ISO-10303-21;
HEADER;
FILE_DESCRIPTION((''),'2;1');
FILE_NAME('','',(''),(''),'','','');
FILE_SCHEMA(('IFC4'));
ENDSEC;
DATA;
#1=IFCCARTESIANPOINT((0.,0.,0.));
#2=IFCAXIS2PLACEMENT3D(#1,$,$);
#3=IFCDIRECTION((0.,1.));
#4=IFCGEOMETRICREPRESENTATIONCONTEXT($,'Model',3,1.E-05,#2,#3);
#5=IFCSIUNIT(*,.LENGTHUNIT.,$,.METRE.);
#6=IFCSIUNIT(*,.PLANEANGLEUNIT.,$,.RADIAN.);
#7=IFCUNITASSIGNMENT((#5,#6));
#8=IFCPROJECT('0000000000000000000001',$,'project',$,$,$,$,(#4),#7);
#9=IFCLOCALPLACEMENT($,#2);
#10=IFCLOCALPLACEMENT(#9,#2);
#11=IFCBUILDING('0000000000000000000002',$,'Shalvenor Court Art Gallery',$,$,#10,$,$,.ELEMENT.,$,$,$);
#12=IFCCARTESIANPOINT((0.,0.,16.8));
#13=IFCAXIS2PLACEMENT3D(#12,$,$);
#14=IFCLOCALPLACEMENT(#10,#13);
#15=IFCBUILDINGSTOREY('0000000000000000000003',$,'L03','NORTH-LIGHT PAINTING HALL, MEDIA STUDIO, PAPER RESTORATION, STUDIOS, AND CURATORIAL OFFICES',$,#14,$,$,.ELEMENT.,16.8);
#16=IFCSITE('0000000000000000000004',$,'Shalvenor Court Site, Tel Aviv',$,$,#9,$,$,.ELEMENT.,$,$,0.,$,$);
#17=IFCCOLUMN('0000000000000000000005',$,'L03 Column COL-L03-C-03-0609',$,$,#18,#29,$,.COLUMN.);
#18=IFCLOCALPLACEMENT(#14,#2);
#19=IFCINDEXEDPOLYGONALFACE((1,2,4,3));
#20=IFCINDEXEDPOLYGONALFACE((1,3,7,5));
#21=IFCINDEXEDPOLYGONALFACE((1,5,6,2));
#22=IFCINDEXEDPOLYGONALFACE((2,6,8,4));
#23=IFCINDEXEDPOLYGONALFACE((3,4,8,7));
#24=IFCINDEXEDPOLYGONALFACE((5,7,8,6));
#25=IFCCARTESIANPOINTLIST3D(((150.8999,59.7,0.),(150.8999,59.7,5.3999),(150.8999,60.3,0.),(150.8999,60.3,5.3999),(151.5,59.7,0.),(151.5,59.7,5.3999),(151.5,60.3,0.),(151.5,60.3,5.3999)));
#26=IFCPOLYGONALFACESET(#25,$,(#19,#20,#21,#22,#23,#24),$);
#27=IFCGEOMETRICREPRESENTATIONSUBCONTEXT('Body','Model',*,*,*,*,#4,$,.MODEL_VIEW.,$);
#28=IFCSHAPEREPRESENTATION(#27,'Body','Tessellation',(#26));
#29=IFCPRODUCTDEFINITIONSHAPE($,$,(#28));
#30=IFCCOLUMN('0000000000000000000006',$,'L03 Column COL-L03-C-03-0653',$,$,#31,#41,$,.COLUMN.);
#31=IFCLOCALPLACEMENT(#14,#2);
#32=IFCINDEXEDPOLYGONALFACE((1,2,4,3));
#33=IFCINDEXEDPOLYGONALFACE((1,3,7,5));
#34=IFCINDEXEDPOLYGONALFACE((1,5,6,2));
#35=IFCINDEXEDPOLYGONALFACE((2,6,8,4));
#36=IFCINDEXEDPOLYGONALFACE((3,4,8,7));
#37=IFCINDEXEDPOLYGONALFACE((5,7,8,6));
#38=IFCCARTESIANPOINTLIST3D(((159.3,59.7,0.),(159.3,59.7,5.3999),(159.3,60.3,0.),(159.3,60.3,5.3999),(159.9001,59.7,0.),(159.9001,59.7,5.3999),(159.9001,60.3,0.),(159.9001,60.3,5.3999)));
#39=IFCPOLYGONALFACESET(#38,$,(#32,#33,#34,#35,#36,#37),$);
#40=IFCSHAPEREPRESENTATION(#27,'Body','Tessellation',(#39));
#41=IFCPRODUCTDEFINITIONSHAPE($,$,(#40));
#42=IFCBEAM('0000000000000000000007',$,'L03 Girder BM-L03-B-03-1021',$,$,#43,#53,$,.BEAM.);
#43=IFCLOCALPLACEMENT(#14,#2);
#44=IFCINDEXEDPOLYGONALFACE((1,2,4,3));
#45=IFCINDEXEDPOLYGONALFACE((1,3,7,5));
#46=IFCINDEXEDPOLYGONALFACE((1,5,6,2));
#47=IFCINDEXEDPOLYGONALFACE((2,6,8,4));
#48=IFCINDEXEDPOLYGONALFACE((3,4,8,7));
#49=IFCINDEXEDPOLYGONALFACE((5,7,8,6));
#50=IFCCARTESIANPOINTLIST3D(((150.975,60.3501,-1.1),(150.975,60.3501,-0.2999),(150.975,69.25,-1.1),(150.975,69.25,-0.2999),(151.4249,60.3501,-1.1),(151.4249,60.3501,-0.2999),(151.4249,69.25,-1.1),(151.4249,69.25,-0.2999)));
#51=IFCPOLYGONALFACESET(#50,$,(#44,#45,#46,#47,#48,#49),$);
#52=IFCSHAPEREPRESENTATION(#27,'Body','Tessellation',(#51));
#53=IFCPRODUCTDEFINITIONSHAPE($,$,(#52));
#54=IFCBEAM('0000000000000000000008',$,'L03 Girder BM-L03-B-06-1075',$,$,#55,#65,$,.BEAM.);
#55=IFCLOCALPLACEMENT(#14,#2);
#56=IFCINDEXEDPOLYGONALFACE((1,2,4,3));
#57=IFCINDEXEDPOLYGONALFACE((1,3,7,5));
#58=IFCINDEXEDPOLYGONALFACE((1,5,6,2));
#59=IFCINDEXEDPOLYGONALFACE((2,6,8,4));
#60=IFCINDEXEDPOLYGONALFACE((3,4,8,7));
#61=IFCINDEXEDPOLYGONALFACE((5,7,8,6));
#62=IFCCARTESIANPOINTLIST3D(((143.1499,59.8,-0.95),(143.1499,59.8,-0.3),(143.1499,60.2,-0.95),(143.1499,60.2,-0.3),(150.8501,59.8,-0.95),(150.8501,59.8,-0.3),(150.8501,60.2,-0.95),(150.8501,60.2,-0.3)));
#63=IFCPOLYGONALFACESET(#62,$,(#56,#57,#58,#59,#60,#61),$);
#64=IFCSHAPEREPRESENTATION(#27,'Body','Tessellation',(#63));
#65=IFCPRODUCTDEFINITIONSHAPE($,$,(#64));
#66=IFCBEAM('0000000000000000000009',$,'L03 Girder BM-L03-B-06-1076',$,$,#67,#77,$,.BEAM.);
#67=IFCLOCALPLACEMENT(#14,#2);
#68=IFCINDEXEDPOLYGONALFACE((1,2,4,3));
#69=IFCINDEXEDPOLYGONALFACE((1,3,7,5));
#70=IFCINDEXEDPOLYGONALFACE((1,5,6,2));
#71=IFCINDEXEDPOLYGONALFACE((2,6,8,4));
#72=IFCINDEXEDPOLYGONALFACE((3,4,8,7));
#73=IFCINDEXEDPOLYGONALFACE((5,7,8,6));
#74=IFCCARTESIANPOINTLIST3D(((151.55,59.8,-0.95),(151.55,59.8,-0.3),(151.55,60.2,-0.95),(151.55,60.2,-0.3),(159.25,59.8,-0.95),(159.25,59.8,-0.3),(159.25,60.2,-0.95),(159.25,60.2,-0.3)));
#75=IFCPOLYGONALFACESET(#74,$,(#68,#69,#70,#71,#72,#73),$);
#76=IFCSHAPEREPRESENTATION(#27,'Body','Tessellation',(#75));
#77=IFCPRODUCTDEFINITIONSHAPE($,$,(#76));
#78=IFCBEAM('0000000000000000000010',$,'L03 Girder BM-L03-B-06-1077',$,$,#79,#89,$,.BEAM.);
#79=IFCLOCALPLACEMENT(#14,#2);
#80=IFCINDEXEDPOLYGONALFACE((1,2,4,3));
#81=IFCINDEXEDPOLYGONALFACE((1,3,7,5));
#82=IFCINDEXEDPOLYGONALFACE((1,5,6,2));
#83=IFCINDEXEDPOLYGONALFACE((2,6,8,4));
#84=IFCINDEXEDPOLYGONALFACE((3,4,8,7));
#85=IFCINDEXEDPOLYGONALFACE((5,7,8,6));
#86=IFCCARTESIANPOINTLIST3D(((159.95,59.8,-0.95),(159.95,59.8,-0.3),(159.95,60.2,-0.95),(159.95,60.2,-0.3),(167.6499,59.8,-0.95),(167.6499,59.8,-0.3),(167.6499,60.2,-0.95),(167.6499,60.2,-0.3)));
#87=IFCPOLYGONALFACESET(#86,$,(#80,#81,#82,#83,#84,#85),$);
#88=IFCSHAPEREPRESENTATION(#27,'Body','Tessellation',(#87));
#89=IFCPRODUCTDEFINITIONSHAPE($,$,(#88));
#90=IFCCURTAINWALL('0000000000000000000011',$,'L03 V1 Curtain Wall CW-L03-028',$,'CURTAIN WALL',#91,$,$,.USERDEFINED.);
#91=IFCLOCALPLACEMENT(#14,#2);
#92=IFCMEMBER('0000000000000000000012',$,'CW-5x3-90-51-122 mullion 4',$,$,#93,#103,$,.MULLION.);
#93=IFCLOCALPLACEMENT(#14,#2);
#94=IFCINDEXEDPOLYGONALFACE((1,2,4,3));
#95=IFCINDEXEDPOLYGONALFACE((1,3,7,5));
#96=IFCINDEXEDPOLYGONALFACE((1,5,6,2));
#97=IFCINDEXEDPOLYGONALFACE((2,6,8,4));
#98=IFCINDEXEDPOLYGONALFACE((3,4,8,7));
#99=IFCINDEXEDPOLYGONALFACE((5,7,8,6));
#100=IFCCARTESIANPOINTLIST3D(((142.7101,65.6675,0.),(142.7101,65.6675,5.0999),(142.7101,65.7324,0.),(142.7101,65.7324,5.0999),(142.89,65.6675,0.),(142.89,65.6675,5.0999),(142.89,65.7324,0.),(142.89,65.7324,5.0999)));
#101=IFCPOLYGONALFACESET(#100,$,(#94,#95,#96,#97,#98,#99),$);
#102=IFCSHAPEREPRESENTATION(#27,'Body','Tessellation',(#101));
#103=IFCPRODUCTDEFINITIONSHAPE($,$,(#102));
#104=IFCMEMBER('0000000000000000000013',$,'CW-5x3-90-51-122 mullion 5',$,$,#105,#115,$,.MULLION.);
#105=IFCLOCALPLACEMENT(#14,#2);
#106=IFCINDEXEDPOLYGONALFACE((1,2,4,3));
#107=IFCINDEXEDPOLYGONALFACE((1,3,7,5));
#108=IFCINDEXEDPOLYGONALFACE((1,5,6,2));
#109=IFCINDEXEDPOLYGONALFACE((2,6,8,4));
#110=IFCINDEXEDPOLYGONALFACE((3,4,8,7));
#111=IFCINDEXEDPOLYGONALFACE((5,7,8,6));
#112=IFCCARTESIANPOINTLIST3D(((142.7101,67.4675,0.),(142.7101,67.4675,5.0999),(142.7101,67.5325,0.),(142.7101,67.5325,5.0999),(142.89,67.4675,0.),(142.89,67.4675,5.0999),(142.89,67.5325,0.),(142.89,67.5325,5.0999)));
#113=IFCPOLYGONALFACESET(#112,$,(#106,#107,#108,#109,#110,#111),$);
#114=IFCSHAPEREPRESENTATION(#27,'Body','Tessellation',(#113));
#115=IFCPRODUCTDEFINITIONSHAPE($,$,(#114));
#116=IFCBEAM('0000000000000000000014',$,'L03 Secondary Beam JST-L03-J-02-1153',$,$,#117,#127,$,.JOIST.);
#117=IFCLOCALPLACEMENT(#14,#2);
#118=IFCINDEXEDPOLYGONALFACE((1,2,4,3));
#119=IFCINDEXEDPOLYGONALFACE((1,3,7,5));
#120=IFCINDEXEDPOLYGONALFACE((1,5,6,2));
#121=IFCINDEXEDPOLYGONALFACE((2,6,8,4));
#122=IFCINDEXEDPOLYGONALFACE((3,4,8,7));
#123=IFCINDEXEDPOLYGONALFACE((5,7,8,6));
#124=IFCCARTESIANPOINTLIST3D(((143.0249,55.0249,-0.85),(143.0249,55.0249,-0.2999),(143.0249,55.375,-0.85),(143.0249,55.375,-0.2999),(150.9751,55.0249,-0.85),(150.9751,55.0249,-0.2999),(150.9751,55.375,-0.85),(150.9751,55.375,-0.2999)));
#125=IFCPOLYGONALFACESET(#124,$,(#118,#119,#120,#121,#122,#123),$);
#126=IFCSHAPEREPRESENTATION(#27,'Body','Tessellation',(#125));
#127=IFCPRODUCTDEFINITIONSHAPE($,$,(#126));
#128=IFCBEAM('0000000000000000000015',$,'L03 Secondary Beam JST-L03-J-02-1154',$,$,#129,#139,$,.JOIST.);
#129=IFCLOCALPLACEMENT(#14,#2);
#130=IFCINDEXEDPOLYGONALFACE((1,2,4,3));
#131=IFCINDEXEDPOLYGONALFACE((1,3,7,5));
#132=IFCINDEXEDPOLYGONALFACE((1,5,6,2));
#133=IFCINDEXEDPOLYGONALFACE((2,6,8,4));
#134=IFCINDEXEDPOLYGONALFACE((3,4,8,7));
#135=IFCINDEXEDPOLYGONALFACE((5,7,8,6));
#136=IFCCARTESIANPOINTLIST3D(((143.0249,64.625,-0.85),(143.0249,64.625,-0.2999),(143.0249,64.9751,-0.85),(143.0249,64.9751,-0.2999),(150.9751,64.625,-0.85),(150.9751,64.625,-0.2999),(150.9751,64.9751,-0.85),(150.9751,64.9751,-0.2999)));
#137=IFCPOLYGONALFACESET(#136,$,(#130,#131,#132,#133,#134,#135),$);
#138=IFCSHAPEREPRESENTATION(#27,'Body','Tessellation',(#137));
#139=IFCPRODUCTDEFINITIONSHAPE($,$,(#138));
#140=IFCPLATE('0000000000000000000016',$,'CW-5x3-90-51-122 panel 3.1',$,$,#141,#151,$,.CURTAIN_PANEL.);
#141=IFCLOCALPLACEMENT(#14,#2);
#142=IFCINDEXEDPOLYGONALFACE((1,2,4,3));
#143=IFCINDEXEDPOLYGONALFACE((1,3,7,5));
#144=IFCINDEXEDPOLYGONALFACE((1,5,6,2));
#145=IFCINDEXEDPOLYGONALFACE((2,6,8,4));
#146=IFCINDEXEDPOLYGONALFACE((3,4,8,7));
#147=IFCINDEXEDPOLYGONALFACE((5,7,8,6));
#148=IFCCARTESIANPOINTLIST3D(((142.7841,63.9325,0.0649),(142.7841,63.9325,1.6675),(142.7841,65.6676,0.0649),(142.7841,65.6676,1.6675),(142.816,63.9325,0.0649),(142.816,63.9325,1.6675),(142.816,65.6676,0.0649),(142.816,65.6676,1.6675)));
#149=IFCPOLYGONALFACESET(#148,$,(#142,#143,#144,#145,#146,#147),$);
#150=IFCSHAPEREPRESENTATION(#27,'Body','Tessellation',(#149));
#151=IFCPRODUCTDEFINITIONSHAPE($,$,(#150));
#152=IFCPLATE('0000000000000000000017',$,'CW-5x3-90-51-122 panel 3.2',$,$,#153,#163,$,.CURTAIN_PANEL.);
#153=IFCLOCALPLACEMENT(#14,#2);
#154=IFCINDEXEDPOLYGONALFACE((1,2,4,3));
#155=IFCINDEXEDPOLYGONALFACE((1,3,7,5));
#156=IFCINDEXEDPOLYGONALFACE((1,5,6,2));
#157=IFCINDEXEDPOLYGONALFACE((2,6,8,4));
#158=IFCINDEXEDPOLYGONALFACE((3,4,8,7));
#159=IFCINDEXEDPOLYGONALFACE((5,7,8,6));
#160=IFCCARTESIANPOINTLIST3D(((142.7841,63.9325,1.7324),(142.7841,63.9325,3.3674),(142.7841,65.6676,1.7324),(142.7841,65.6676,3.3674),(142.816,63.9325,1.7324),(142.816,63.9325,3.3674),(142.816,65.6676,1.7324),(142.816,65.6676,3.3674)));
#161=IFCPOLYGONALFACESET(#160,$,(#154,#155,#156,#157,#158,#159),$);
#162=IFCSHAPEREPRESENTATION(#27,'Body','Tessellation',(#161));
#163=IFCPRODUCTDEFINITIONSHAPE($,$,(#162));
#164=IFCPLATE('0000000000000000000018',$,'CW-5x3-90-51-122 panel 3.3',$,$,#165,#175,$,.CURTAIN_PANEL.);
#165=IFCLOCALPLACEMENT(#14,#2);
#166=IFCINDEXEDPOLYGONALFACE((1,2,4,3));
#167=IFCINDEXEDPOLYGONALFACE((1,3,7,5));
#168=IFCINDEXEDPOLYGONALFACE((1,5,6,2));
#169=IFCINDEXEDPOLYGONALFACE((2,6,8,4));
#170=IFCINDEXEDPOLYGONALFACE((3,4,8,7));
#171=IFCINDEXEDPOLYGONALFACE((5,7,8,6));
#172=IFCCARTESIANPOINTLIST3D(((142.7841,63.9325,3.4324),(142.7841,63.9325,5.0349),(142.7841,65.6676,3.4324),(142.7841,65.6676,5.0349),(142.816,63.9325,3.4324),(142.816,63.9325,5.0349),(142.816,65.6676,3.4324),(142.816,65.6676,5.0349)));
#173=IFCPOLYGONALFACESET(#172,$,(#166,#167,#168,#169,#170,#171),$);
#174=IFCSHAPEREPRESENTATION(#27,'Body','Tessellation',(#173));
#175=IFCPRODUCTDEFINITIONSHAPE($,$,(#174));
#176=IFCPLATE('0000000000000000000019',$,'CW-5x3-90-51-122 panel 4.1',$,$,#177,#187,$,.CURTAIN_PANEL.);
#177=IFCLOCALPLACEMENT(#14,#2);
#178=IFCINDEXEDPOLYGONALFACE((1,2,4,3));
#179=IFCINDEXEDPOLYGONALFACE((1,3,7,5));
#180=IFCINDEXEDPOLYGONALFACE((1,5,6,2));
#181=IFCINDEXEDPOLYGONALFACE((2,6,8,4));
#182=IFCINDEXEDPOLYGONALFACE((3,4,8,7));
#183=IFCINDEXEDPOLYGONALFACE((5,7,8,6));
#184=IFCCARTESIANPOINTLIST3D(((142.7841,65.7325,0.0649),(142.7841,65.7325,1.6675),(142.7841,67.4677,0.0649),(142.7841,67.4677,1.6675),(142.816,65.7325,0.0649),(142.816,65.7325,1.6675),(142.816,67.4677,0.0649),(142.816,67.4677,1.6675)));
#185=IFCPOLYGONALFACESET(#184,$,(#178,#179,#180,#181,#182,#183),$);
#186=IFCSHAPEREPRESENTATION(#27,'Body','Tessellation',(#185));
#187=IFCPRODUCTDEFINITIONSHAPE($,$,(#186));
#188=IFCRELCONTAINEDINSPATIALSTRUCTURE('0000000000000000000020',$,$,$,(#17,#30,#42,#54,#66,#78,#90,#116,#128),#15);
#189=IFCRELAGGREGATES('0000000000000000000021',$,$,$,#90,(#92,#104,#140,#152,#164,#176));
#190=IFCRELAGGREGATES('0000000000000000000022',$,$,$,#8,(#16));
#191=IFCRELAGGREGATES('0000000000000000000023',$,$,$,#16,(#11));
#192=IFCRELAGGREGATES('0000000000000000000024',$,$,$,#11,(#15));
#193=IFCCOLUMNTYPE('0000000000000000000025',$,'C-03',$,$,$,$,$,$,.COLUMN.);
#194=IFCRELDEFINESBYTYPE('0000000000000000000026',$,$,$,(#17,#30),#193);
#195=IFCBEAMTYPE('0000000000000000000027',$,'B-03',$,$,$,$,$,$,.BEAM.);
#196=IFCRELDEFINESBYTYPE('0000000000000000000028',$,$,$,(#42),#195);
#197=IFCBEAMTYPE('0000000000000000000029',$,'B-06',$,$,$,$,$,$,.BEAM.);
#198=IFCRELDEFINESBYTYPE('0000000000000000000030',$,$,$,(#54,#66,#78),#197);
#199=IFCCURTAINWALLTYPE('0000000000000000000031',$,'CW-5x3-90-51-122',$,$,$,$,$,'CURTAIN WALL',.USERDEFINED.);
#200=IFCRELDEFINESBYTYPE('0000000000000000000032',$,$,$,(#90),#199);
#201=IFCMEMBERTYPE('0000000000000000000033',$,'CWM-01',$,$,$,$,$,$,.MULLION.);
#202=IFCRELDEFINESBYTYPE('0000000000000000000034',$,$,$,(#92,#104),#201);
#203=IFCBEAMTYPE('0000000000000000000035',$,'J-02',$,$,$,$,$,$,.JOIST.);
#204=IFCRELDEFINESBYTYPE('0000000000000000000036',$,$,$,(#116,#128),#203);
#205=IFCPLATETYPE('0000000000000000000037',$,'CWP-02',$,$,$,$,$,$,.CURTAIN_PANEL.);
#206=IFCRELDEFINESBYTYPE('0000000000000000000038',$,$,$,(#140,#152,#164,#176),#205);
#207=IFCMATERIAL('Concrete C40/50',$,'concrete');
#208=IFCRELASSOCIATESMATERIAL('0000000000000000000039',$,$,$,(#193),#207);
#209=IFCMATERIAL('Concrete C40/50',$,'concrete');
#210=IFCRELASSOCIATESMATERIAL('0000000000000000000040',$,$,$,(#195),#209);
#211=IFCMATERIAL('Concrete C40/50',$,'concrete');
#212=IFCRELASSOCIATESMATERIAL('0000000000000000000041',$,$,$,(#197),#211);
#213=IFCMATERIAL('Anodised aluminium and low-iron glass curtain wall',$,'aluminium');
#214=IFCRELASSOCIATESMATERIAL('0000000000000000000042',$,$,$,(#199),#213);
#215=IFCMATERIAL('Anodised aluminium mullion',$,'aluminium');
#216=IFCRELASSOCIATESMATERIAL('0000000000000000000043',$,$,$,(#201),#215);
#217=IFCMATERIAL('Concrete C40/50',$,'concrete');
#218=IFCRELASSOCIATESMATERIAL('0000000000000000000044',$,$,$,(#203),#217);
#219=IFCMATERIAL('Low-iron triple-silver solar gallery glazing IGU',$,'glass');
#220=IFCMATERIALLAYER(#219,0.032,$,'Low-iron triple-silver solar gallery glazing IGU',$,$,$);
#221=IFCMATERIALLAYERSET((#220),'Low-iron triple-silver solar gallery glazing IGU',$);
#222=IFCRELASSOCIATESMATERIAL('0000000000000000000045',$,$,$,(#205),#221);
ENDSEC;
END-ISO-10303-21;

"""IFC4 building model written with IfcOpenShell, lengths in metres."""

from ifc_helpers import new_model, si_unit, direction, frame, origin, origin_2d, place, context, subcontext, project, spatial, rectangle, extrude, material, layer, layer_set, material_profile, profile_set, type_object, element, aggregate, save


model = new_model("IFC4")

# Units and contexts
model_context = context("Model", 3, precision=1e-05, world=origin(), true_north=direction((0.0, 1.0)))
body_context = subcontext(model_context, "Body", "Model", "MODEL_VIEW")
ifc_project = project(units=[si_unit("LENGTHUNIT", "METRE"), si_unit("PLANEANGLEUNIT", "RADIAN")], contexts=[model_context])

# Site, building, storey
site_placement = place(None, origin())
site = spatial("IfcSite", under=ifc_project, at=site_placement, Name="Shalvenor Court Site, Tel Aviv", CompositionType="ELEMENT", RefElevation=0.0)
building_placement = place(site_placement, origin())
building = spatial("IfcBuilding", under=site, at=building_placement, Name="Shalvenor Court Art Gallery", CompositionType="ELEMENT")
storey_placement = place(building_placement, frame((0.0, 0.0, 16.8)))
storey = spatial("IfcBuildingStorey", under=building, at=storey_placement, Name="L03", Description="NORTH-LIGHT PAINTING HALL, MEDIA STUDIO, PAPER RESTORATION, STUDIOS, AND CURATORIAL OFFICES", CompositionType="ELEMENT", Elevation=16.8)

# Columns
ifc_material_1 = material(Name="Concrete C40/50", Category="concrete")
ifc_material_profile_1 = material_profile(ifc_material_1, rectangle(XDim=0.6001, YDim=0.6001, at=origin_2d()), Name="RC 600x600")
ifc_profile_set_1 = profile_set([ifc_material_profile_1], Name="Concrete C40/50")
column_type = type_object("IfcColumnType", Name="C-03", PredefinedType="COLUMN", material=ifc_profile_set_1)
for number, where, z_axis, x_axis, name in (
    (1, (151.2, 60.0, 0.0), (0.0, 0.0, 1.0), (1.0, 0.0, 0.0), "L03 Column COL-L03-C-03-0609"),
    (2, (159.6001, 60.0, 0.0), (0.0, 0.0, 1.0), (1.0, 0.0, 0.0), "L03 Column COL-L03-C-03-0653"),
):
    element("IfcColumn", number, at=place(storey_placement, frame(where, z_axis=z_axis, x_axis=x_axis)), inside=storey, type_object=column_type, Name=name, PredefinedType="COLUMN", context=body_context, shape_type="SweptSolid", body=[
        extrude(rectangle(XDim=0.6001, YDim=0.6001, at=origin_2d()), origin(), (0.0, 0.0, 1.0), 5.3999),
    ])

# Beams
ifc_material_2 = material(Name="Concrete C40/50", Category="concrete")
ifc_material_profile_2 = material_profile(ifc_material_2, rectangle(XDim=0.45, YDim=0.8, at=origin_2d()), Name="RC 450x800")
ifc_profile_set_2 = profile_set([ifc_material_profile_2], Name="Concrete C40/50")
beam_type_1 = type_object("IfcBeamType", Name="B-03", PredefinedType="BEAM", material=ifc_profile_set_2)
beam_1_placement = place(storey_placement, frame((151.2, 60.3501, -0.7), z_axis=(0.0, 1.0, 0.0), x_axis=(-1.0, 0.0, 0.0)))
element("IfcBeam", 3, at=beam_1_placement, inside=storey, type_object=beam_type_1, Name="L03 Girder BM-L03-B-03-1021", PredefinedType="BEAM", context=body_context, shape_type="SweptSolid", body=[
    extrude(rectangle(XDim=0.45, YDim=0.8, at=origin_2d()), origin(), (0.0, 0.0, 1.0), 8.8999),
])
ifc_material_3 = material(Name="Concrete C40/50", Category="concrete")
ifc_material_profile_3 = material_profile(ifc_material_3, rectangle(XDim=0.3999, YDim=0.6499, at=origin_2d()), Name="RC 400x650")
ifc_profile_set_3 = profile_set([ifc_material_profile_3], Name="Concrete C40/50")
beam_type_2 = type_object("IfcBeamType", Name="B-06", PredefinedType="BEAM", material=ifc_profile_set_3)
beam_2_placement = place(storey_placement, frame((143.1499, 60.0, -0.625), z_axis=(1.0, 0.0, 0.0), x_axis=(0.0, 1.0, 0.0)))
element("IfcBeam", 4, at=beam_2_placement, inside=storey, type_object=beam_type_2, Name="L03 Girder BM-L03-B-06-1075", PredefinedType="BEAM", context=body_context, shape_type="SweptSolid", body=[
    extrude(rectangle(XDim=0.3999, YDim=0.6499, at=origin_2d()), origin(), (0.0, 0.0, 1.0), 7.7002),
])
for number, where, z_axis, x_axis, name in (
    (5, (151.55, 60.0, -0.625), (1.0, 0.0, 0.0), (0.0, 1.0, 0.0), "L03 Girder BM-L03-B-06-1076"),
    (6, (159.95, 60.0, -0.625), (1.0, 0.0, 0.0), (0.0, 1.0, 0.0), "L03 Girder BM-L03-B-06-1077"),
):
    element("IfcBeam", number, at=place(storey_placement, frame(where, z_axis=z_axis, x_axis=x_axis)), inside=storey, type_object=beam_type_2, Name=name, PredefinedType="BEAM", context=body_context, shape_type="SweptSolid", body=[
        extrude(rectangle(XDim=0.3999, YDim=0.6499, at=origin_2d()), origin(), (0.0, 0.0, 1.0), 7.7),
    ])

# Curtain wall, members
ifc_material_4 = material(Name="Anodised aluminium and low-iron glass curtain wall", Category="aluminium")
curtain_wall_type = type_object("IfcCurtainWallType", Name="CW-5x3-90-51-122", ElementType="CURTAIN WALL", PredefinedType="USERDEFINED", material=ifc_material_4)
curtain_wall_placement = place(storey_placement, origin())
curtain_wall = element("IfcCurtainWall", 7, at=curtain_wall_placement, inside=storey, type_object=curtain_wall_type, Name="L03 V1 Curtain Wall CW-L03-028", ObjectType="CURTAIN WALL", PredefinedType="USERDEFINED")
ifc_material_5 = material(Name="Anodised aluminium mullion", Category="aluminium")
ifc_material_profile_4 = material_profile(ifc_material_5, rectangle(XDim=0.0649, YDim=0.1799, at=origin_2d()), Name="CWM-01")
ifc_profile_set_4 = profile_set([ifc_material_profile_4], Name="Anodised aluminium mullion")
member_type = type_object("IfcMemberType", Name="CWM-01", PredefinedType="MULLION", material=ifc_profile_set_4)
member_1_placement = place(storey_placement, frame((142.8, 65.7, 0.0), z_axis=(0.0, 0.0, 1.0), x_axis=(0.0, 1.0, 0.0)))
member_1 = element("IfcMember", 8, at=member_1_placement, type_object=member_type, Name="CW-5x3-90-51-122 mullion 4", PredefinedType="MULLION", context=body_context, shape_type="SweptSolid", body=[
    extrude(rectangle(XDim=0.0649, YDim=0.1799, at=origin_2d()), origin(), (0.0, 0.0, 1.0), 5.0999),
])
member_2_placement = place(storey_placement, frame((142.8, 67.5, 0.0), z_axis=(0.0, 0.0, 1.0), x_axis=(0.0, 1.0, 0.0)))
member_2 = element("IfcMember", 9, at=member_2_placement, type_object=member_type, Name="CW-5x3-90-51-122 mullion 5", PredefinedType="MULLION", context=body_context, shape_type="SweptSolid", body=[
    extrude(rectangle(XDim=0.0649, YDim=0.1799, at=origin_2d()), origin(), (0.0, 0.0, 1.0), 5.0999),
])

# Beams
ifc_material_6 = material(Name="Concrete C40/50", Category="concrete")
ifc_material_profile_5 = material_profile(ifc_material_6, rectangle(XDim=0.3501, YDim=0.55, at=origin_2d()), Name="RC 350x550")
ifc_profile_set_5 = profile_set([ifc_material_profile_5], Name="Concrete C40/50")
beam_type_3 = type_object("IfcBeamType", Name="J-02", PredefinedType="JOIST", material=ifc_profile_set_5)
for number, where, z_axis, x_axis, name in (
    (10, (143.0249, 55.2, -0.575), (1.0, 0.0, 0.0), (0.0, 1.0, 0.0), "L03 Secondary Beam JST-L03-J-02-1153"),
    (11, (143.0249, 64.8, -0.575), (1.0, 0.0, 0.0), (0.0, 1.0, 0.0), "L03 Secondary Beam JST-L03-J-02-1154"),
):
    element("IfcBeam", number, at=place(storey_placement, frame(where, z_axis=z_axis, x_axis=x_axis)), inside=storey, type_object=beam_type_3, Name=name, PredefinedType="JOIST", context=body_context, shape_type="SweptSolid", body=[
        extrude(rectangle(XDim=0.3501, YDim=0.55, at=origin_2d()), origin(), (0.0, 0.0, 1.0), 7.9502),
    ])

# Plates
ifc_material_7 = material(Name="Low-iron triple-silver solar gallery glazing IGU", Category="glass")
ifc_layer_1 = layer(ifc_material_7, 0.032, Name="Low-iron triple-silver solar gallery glazing IGU")
ifc_layer_set_1 = layer_set([ifc_layer_1], Name="Low-iron triple-silver solar gallery glazing IGU")
plate_type = type_object("IfcPlateType", Name="CWP-02", PredefinedType="CURTAIN_PANEL", material=ifc_layer_set_1)
plate_1_placement = place(storey_placement, frame((142.8, 64.8, 0.0649), z_axis=(0.0, 0.0, 1.0), x_axis=(0.0, 1.0, 0.0)))
plate_1 = element("IfcPlate", 12, at=plate_1_placement, type_object=plate_type, Name="CW-5x3-90-51-122 panel 3.1", PredefinedType="CURTAIN_PANEL", context=body_context, shape_type="SweptSolid", body=[
    extrude(rectangle(XDim=1.7351, YDim=0.032, at=origin_2d()), origin(), (0.0, 0.0, 1.0), 1.6025),
])
plate_2_placement = place(storey_placement, frame((142.8, 64.8, 1.7324), z_axis=(0.0, 0.0, 1.0), x_axis=(0.0, 1.0, 0.0)))
plate_2 = element("IfcPlate", 13, at=plate_2_placement, type_object=plate_type, Name="CW-5x3-90-51-122 panel 3.2", PredefinedType="CURTAIN_PANEL", context=body_context, shape_type="SweptSolid", body=[
    extrude(rectangle(XDim=1.7351, YDim=0.032, at=origin_2d()), origin(), (0.0, 0.0, 1.0), 1.635),
])
plate_3_placement = place(storey_placement, frame((142.8, 64.8, 3.4324), z_axis=(0.0, 0.0, 1.0), x_axis=(0.0, 1.0, 0.0)))
plate_3 = element("IfcPlate", 14, at=plate_3_placement, type_object=plate_type, Name="CW-5x3-90-51-122 panel 3.3", PredefinedType="CURTAIN_PANEL", context=body_context, shape_type="SweptSolid", body=[
    extrude(rectangle(XDim=1.7351, YDim=0.032, at=origin_2d()), origin(), (0.0, 0.0, 1.0), 1.6025),
])
plate_4_placement = place(storey_placement, frame((142.8, 66.6001, 0.0649), z_axis=(0.0, 0.0, 1.0), x_axis=(0.0, 1.0, 0.0)))
plate_4 = element("IfcPlate", 15, at=plate_4_placement, type_object=plate_type, Name="CW-5x3-90-51-122 panel 4.1", PredefinedType="CURTAIN_PANEL", context=body_context, shape_type="SweptSolid", body=[
    extrude(rectangle(XDim=1.7351, YDim=0.032, at=origin_2d()), origin(), (0.0, 0.0, 1.0), 1.6025),
])
aggregate(curtain_wall, [member_1, member_2, plate_1, plate_2, plate_3, plate_4])

save(model, "model.ifc")
